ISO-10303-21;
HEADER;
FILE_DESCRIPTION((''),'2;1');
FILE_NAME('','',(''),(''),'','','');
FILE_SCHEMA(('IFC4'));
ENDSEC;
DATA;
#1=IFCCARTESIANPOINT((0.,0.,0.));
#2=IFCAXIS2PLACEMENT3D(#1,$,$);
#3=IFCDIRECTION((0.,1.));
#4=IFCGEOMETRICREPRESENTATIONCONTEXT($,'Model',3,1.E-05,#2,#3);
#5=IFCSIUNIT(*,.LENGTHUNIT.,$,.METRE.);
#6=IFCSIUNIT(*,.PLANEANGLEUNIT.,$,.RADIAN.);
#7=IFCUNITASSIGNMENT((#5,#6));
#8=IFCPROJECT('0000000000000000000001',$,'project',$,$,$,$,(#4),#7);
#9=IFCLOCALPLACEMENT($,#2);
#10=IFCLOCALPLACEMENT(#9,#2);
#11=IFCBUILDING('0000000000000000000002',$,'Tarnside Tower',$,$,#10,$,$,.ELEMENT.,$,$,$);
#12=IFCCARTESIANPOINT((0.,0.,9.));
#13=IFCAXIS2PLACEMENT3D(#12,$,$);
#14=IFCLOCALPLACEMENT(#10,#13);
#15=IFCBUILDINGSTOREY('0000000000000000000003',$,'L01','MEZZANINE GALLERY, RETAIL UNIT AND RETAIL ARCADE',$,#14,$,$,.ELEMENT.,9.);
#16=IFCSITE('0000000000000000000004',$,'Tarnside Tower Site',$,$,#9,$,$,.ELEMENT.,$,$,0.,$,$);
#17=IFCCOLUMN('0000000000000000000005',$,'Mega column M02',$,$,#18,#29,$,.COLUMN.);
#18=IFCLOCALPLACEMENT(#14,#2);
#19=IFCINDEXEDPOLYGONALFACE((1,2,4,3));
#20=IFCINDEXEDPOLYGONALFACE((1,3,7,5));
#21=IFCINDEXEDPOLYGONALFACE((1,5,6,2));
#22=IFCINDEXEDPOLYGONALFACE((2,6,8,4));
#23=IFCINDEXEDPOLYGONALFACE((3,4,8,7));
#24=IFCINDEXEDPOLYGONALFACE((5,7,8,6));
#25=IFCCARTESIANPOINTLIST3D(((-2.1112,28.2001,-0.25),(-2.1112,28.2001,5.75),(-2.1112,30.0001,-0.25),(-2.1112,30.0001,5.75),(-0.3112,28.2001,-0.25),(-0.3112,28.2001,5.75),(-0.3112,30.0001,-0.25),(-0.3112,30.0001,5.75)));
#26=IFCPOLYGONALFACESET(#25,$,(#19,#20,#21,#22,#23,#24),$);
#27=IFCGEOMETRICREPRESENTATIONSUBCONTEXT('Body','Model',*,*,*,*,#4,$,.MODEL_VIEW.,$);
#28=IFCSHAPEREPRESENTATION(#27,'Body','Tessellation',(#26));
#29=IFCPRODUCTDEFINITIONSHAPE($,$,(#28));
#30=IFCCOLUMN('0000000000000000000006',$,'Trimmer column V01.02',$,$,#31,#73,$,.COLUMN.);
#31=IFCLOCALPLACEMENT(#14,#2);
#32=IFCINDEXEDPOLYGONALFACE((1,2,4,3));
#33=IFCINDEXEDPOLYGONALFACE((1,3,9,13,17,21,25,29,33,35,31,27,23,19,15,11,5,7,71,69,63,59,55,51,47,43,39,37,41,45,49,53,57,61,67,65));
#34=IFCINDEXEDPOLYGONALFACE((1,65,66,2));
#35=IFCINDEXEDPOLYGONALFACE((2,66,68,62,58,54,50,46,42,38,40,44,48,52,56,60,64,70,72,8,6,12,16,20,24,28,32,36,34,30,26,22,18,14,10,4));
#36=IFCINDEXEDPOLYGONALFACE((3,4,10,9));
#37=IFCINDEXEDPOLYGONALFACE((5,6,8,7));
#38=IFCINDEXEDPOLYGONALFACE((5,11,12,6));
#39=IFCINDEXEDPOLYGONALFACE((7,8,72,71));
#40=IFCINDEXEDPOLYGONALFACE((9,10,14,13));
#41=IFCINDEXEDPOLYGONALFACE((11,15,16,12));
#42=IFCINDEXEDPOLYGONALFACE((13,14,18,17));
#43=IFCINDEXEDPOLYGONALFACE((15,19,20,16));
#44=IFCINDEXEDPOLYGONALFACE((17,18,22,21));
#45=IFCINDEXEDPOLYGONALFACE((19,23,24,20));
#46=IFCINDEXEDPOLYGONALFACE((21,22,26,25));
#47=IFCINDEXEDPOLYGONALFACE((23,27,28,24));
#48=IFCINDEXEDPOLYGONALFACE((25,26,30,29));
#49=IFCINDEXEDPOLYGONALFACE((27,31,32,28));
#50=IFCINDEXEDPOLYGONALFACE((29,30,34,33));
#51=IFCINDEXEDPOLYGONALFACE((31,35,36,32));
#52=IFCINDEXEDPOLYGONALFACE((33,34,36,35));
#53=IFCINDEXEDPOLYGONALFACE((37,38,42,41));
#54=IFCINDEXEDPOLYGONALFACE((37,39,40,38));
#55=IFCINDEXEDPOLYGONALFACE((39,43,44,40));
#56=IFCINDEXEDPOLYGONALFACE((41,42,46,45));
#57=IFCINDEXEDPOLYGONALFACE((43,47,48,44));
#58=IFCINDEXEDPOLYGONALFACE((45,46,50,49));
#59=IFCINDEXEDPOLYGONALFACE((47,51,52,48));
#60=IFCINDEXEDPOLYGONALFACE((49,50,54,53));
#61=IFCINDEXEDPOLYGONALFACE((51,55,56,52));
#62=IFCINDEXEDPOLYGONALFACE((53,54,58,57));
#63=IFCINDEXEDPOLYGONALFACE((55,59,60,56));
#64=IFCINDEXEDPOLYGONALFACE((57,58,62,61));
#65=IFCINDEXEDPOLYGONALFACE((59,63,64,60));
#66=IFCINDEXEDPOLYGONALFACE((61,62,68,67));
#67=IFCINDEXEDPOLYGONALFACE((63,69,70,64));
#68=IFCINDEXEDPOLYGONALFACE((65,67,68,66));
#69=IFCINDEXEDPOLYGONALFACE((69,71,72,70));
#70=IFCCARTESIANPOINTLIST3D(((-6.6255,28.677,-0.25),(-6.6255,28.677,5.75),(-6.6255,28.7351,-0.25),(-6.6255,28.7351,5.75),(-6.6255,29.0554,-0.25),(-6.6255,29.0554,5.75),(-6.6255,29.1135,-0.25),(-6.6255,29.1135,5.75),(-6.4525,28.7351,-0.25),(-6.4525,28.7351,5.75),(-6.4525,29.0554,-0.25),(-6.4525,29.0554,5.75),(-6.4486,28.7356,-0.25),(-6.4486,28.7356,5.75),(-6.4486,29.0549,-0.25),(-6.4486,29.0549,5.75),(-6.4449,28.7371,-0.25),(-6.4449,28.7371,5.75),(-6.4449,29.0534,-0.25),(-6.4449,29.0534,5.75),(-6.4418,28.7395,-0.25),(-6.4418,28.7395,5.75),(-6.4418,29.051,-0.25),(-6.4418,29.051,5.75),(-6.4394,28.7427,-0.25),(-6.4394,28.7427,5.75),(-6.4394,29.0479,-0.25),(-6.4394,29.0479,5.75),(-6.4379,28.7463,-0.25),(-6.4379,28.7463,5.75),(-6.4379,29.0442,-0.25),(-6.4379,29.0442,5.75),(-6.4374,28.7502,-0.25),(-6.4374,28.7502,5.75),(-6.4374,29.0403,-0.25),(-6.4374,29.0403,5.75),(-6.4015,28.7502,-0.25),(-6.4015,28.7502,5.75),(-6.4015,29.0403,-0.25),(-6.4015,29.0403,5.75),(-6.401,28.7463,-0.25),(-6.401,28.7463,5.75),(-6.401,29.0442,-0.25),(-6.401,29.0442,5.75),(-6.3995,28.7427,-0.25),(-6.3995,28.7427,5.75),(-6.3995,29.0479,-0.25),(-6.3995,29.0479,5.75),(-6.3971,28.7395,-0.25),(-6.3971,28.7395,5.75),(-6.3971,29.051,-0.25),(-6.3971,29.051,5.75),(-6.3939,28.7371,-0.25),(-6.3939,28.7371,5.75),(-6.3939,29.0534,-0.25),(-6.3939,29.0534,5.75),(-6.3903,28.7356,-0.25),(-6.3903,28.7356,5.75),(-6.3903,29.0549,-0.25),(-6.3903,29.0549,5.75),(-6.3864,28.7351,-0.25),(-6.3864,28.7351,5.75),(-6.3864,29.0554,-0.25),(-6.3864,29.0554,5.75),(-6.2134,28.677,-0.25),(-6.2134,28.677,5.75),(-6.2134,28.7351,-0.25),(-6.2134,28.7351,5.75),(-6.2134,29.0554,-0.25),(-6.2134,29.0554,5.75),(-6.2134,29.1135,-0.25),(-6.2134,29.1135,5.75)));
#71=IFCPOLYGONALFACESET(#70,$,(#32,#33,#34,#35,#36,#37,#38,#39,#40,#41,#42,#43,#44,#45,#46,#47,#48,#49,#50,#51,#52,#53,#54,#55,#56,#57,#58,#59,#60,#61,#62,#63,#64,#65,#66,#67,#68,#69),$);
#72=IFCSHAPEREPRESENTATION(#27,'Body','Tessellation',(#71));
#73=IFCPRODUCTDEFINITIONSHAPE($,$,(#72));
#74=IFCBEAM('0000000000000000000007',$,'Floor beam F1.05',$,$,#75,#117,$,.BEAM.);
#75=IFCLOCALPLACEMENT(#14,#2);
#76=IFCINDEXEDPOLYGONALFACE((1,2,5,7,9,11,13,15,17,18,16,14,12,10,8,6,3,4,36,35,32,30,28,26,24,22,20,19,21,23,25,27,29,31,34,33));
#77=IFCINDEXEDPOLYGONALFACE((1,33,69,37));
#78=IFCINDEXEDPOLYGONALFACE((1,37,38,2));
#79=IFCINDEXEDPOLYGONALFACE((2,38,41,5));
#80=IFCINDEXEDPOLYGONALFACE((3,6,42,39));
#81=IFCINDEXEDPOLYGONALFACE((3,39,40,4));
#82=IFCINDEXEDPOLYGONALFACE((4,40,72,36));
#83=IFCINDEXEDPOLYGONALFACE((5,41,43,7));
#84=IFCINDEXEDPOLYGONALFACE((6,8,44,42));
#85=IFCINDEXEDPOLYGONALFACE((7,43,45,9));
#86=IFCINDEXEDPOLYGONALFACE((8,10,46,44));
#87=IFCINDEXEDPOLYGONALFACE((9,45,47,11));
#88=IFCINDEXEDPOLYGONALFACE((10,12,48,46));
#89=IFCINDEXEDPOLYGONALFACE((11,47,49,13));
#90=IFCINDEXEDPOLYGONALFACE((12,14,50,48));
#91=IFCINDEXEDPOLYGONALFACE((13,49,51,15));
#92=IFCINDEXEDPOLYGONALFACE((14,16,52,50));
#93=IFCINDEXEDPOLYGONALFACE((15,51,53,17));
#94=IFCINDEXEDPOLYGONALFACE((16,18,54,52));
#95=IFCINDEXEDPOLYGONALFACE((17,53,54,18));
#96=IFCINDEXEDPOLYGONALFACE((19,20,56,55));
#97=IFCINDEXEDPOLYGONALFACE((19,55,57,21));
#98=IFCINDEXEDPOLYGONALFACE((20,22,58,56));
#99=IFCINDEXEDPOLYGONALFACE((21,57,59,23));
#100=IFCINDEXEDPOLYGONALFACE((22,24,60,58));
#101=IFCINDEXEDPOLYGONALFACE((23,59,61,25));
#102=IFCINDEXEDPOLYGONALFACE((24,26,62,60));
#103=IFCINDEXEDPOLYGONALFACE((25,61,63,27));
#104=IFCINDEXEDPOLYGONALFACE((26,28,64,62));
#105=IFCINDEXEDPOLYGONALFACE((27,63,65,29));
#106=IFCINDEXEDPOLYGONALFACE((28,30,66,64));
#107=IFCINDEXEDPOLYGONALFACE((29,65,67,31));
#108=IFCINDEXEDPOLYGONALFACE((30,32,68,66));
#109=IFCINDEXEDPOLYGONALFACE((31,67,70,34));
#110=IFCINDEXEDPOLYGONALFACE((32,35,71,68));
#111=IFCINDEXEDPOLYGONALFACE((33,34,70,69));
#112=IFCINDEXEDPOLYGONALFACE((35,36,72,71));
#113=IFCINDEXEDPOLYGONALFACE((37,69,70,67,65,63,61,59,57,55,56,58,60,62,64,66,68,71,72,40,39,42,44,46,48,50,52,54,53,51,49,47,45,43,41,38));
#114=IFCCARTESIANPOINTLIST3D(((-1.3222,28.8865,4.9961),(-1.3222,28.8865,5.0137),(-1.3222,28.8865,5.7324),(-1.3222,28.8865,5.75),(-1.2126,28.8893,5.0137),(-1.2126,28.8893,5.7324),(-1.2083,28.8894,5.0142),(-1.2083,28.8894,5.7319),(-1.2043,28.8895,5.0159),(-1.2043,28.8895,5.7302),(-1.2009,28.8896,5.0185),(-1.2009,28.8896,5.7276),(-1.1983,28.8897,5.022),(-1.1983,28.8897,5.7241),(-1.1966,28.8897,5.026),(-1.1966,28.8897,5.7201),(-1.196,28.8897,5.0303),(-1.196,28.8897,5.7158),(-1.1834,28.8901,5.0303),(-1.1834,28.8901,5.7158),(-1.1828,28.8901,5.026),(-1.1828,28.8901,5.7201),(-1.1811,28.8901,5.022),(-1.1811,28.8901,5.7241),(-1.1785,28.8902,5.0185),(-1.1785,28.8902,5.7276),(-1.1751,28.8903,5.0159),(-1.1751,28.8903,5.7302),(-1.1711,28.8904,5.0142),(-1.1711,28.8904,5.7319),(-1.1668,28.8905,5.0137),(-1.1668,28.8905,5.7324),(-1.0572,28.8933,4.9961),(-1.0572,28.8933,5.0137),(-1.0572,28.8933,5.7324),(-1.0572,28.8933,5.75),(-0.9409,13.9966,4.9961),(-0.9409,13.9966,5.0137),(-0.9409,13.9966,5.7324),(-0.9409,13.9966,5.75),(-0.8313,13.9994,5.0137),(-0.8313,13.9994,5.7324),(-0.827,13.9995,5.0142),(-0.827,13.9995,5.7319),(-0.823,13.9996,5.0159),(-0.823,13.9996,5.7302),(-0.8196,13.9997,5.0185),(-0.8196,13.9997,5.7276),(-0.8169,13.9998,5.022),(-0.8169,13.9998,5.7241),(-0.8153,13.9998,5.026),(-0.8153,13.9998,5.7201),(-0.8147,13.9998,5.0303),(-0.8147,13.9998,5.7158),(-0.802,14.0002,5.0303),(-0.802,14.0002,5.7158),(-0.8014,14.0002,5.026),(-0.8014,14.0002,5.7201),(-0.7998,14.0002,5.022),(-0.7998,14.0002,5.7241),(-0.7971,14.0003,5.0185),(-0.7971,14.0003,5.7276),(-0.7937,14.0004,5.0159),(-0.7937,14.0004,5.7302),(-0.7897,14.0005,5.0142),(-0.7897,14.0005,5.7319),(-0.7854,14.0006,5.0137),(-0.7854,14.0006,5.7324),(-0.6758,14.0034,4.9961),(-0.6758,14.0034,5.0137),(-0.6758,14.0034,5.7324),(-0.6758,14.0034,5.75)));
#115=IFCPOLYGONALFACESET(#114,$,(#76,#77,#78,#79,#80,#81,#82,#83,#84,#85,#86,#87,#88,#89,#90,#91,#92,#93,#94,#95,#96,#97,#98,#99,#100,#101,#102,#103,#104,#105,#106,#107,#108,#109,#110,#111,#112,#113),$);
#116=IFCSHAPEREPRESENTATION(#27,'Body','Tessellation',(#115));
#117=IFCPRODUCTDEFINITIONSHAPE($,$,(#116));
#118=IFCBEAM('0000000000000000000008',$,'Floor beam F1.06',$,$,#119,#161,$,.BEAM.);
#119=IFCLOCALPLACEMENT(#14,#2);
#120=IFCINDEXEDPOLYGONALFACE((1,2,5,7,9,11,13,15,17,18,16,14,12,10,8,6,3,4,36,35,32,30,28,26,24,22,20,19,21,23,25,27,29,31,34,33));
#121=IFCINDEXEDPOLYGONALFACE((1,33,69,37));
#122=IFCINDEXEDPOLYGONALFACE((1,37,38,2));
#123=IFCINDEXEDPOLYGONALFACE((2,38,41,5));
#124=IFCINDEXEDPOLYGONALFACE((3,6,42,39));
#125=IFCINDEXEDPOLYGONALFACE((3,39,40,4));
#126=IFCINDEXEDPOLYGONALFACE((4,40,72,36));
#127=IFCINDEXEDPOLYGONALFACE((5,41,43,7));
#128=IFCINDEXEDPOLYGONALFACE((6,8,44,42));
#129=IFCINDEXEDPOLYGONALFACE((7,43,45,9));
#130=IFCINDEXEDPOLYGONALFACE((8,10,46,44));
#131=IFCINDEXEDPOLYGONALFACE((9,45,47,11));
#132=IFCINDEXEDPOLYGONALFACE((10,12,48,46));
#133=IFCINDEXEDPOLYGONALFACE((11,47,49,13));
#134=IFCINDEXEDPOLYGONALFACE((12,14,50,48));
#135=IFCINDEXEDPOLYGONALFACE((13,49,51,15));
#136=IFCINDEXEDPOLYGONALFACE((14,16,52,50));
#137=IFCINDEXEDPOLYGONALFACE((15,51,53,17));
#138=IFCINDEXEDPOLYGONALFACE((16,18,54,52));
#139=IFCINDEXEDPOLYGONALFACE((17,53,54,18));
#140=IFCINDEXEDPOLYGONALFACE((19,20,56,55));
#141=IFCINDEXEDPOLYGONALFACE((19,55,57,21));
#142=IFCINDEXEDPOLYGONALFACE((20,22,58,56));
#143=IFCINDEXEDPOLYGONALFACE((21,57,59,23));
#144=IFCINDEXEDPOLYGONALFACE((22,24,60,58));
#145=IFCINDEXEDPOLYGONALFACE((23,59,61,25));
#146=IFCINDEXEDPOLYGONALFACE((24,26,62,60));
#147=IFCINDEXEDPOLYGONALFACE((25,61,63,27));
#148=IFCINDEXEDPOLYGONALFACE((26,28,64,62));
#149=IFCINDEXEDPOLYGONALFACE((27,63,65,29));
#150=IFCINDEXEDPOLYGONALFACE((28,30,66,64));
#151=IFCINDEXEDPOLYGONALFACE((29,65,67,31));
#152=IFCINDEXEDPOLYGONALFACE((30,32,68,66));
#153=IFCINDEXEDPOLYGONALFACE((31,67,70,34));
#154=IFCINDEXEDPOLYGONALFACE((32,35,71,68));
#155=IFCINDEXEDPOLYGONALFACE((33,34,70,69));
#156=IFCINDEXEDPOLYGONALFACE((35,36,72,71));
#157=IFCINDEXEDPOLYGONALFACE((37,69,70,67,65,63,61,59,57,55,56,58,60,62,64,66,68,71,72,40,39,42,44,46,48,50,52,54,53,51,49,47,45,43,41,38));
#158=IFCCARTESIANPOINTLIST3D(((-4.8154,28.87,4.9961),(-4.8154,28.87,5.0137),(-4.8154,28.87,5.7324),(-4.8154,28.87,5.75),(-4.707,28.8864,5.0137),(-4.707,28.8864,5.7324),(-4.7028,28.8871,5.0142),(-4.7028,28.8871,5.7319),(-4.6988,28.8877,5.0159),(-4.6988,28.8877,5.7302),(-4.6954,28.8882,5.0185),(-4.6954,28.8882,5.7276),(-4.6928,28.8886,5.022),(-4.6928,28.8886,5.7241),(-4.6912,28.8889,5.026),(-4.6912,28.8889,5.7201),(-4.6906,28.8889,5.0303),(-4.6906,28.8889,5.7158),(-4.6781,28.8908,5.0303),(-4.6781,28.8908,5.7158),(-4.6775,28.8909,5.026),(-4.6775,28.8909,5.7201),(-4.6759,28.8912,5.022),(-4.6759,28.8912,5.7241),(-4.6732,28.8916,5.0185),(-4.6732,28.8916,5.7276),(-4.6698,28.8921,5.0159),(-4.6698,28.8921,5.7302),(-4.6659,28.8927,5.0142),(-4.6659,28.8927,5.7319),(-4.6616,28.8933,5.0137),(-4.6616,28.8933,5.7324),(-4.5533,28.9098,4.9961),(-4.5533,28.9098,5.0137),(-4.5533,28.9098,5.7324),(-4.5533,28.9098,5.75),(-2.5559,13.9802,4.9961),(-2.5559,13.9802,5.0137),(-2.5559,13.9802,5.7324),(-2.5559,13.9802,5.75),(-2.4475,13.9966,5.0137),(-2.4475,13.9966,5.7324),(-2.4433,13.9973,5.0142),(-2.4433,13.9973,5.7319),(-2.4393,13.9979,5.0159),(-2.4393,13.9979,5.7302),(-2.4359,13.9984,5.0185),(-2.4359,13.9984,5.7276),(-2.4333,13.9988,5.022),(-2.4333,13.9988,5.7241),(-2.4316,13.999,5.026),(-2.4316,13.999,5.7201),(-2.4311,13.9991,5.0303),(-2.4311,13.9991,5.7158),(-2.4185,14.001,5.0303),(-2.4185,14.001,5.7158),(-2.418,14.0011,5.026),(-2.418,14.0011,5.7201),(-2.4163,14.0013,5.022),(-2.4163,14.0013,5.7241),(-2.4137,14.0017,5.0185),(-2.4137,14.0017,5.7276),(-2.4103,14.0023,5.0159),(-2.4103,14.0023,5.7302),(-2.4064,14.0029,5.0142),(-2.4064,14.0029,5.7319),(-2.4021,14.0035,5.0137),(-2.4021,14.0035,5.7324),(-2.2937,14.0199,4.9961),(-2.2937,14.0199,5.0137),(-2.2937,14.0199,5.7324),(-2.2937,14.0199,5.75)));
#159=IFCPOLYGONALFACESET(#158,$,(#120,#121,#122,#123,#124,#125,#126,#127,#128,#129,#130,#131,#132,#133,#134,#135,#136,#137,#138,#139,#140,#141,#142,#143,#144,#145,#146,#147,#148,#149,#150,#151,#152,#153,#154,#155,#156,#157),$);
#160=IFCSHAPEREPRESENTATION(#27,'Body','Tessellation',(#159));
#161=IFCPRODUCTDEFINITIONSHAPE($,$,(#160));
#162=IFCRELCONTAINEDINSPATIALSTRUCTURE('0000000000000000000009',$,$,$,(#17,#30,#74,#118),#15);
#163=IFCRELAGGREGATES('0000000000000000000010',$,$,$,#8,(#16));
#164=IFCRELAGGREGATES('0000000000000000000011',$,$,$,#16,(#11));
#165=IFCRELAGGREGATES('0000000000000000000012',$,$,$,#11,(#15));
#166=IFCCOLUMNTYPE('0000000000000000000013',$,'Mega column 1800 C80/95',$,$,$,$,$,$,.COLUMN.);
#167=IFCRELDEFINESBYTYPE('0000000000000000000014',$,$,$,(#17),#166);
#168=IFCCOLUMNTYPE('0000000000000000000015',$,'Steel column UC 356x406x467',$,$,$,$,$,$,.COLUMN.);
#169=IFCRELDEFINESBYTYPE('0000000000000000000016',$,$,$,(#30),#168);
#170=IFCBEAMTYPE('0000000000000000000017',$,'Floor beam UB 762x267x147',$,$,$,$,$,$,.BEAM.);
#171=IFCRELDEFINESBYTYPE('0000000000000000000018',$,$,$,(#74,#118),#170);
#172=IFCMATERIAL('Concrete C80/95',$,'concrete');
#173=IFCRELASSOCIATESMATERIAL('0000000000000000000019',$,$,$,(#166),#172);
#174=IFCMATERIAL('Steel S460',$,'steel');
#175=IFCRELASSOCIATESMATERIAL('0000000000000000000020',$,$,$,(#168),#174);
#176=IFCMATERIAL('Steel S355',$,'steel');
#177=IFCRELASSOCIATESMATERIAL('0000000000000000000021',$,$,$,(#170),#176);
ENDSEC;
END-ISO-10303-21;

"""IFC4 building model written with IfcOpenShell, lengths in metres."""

from ifc_helpers import new_model, si_unit, direction, frame, origin, origin_2d, place, context, subcontext, project, spatial, rectangle, i_section, extrude, material, material_profile, profile_set, type_object, element, save


model = new_model("IFC4")

# Units and contexts
model_context = context("Model", 3, precision=1e-05, world=origin(), true_north=direction((0.0, 1.0)))
body_context = subcontext(model_context, "Body", "Model", "MODEL_VIEW")
ifc_project = project(units=[si_unit("LENGTHUNIT", "METRE"), si_unit("PLANEANGLEUNIT", "RADIAN")], contexts=[model_context])

# Site, building, storey
site_placement = place(None, origin())
site = spatial("IfcSite", under=ifc_project, at=site_placement, Name="Tarnside Tower Site", CompositionType="ELEMENT", RefElevation=0.0)
building_placement = place(site_placement, origin())
building = spatial("IfcBuilding", under=site, at=building_placement, Name="Tarnside Tower", CompositionType="ELEMENT")
storey_placement = place(building_placement, frame((0.0, 0.0, 9.0)))
storey = spatial("IfcBuildingStorey", under=building, at=storey_placement, Name="L01", Description="MEZZANINE GALLERY, RETAIL UNIT AND RETAIL ARCADE", CompositionType="ELEMENT", Elevation=9.0)

# Columns
ifc_material_1 = material(Name="Concrete C80/95", Category="concrete")
ifc_material_profile_1 = material_profile(ifc_material_1, rectangle(XDim=1.8, YDim=1.8, at=origin_2d()), Name="Mega column 1800x1800")
ifc_profile_set_1 = profile_set([ifc_material_profile_1], Name="Concrete C80/95")
column_type_1 = type_object("IfcColumnType", Name="Mega column 1800 C80/95", PredefinedType="COLUMN", material=ifc_profile_set_1)
column_1_placement = place(storey_placement, frame((-1.2112, 29.1001, -0.25), z_axis=(0.0, 0.0, 1.0), x_axis=(1.0, 0.0, 0.0)))
element("IfcColumn", 1, at=column_1_placement, inside=storey, type_object=column_type_1, Name="Mega column M02", PredefinedType="COLUMN", context=body_context, shape_type="SweptSolid", body=[
    extrude(rectangle(XDim=1.8, YDim=1.8, at=origin_2d()), origin(), (0.0, 0.0, 1.0), 6.0),
])
ifc_material_2 = material(Name="Steel S460", Category="steel")
ifc_material_profile_2 = material_profile(ifc_material_2, i_section(OverallWidth=0.4121, OverallDepth=0.4365, WebThickness=0.0359, FlangeThickness=0.0581, FilletRadius=0.0151, at=origin_2d()), Name="UC 356x406x467")
ifc_profile_set_2 = profile_set([ifc_material_profile_2], Name="Steel S460")
column_type_2 = type_object("IfcColumnType", Name="Steel column UC 356x406x467", PredefinedType="COLUMN", material=ifc_profile_set_2)
column_2_placement = place(storey_placement, frame((-6.4194, 28.8953, -0.25), z_axis=(0.0, 0.0, 1.0), x_axis=(1.0, 0.0, 0.0)))
element("IfcColumn", 2, at=column_2_placement, inside=storey, type_object=column_type_2, Name="Trimmer column V01.02", PredefinedType="COLUMN", context=body_context, shape_type="SweptSolid", body=[
    extrude(i_section(OverallWidth=0.4121, OverallDepth=0.4365, WebThickness=0.0359, FlangeThickness=0.0581, FilletRadius=0.0151, at=origin_2d()), origin(), (0.0, 0.0, 1.0), 6.0),
])

# Beams
ifc_material_3 = material(Name="Steel S355", Category="steel")
ifc_material_profile_3 = material_profile(ifc_material_3, i_section(OverallWidth=0.2651, OverallDepth=0.7539, WebThickness=0.0127, FlangeThickness=0.0176, FilletRadius=0.0166, at=origin_2d()), Name="UB 762x267x147")
ifc_profile_set_3 = profile_set([ifc_material_profile_3], Name="Steel S355")
beam_type_1 = type_object("IfcBeamType", Name="Floor beam UB 762x267x147", PredefinedType="BEAM", material=ifc_profile_set_3)
beam_1_placement = place(storey_placement, frame((-1.1897, 28.8899, 5.373), z_axis=(0.025603, -0.999672, 0.0), x_axis=(0.999672, 0.025603, 0.0)))
element("IfcBeam", 3, at=beam_1_placement, inside=storey, type_object=beam_type_1, Name="Floor beam F1.05", PredefinedType="BEAM", context=body_context, shape_type="SweptSolid", body=[
    extrude(i_section(OverallWidth=0.2651, OverallDepth=0.7539, WebThickness=0.0127, FlangeThickness=0.0176, FilletRadius=0.0166, at=origin_2d()), origin(), (0.0, 0.0, 1.0), 14.8948),
])
beam_2_placement = place(storey_placement, frame((-4.6843, 28.8899, 5.373), z_axis=(0.150031, -0.988681, 0.0), x_axis=(0.988681, 0.150031, 0.0)))
element("IfcBeam", 4, at=beam_2_placement, inside=storey, type_object=beam_type_1, Name="Floor beam F1.06", PredefinedType="BEAM", context=body_context, shape_type="SweptSolid", body=[
    extrude(i_section(OverallWidth=0.2651, OverallDepth=0.7539, WebThickness=0.0127, FlangeThickness=0.0176, FilletRadius=0.0166, at=origin_2d()), origin(), (0.0, 0.0, 1.0), 15.0603),
])

save(model, "model.ifc")
